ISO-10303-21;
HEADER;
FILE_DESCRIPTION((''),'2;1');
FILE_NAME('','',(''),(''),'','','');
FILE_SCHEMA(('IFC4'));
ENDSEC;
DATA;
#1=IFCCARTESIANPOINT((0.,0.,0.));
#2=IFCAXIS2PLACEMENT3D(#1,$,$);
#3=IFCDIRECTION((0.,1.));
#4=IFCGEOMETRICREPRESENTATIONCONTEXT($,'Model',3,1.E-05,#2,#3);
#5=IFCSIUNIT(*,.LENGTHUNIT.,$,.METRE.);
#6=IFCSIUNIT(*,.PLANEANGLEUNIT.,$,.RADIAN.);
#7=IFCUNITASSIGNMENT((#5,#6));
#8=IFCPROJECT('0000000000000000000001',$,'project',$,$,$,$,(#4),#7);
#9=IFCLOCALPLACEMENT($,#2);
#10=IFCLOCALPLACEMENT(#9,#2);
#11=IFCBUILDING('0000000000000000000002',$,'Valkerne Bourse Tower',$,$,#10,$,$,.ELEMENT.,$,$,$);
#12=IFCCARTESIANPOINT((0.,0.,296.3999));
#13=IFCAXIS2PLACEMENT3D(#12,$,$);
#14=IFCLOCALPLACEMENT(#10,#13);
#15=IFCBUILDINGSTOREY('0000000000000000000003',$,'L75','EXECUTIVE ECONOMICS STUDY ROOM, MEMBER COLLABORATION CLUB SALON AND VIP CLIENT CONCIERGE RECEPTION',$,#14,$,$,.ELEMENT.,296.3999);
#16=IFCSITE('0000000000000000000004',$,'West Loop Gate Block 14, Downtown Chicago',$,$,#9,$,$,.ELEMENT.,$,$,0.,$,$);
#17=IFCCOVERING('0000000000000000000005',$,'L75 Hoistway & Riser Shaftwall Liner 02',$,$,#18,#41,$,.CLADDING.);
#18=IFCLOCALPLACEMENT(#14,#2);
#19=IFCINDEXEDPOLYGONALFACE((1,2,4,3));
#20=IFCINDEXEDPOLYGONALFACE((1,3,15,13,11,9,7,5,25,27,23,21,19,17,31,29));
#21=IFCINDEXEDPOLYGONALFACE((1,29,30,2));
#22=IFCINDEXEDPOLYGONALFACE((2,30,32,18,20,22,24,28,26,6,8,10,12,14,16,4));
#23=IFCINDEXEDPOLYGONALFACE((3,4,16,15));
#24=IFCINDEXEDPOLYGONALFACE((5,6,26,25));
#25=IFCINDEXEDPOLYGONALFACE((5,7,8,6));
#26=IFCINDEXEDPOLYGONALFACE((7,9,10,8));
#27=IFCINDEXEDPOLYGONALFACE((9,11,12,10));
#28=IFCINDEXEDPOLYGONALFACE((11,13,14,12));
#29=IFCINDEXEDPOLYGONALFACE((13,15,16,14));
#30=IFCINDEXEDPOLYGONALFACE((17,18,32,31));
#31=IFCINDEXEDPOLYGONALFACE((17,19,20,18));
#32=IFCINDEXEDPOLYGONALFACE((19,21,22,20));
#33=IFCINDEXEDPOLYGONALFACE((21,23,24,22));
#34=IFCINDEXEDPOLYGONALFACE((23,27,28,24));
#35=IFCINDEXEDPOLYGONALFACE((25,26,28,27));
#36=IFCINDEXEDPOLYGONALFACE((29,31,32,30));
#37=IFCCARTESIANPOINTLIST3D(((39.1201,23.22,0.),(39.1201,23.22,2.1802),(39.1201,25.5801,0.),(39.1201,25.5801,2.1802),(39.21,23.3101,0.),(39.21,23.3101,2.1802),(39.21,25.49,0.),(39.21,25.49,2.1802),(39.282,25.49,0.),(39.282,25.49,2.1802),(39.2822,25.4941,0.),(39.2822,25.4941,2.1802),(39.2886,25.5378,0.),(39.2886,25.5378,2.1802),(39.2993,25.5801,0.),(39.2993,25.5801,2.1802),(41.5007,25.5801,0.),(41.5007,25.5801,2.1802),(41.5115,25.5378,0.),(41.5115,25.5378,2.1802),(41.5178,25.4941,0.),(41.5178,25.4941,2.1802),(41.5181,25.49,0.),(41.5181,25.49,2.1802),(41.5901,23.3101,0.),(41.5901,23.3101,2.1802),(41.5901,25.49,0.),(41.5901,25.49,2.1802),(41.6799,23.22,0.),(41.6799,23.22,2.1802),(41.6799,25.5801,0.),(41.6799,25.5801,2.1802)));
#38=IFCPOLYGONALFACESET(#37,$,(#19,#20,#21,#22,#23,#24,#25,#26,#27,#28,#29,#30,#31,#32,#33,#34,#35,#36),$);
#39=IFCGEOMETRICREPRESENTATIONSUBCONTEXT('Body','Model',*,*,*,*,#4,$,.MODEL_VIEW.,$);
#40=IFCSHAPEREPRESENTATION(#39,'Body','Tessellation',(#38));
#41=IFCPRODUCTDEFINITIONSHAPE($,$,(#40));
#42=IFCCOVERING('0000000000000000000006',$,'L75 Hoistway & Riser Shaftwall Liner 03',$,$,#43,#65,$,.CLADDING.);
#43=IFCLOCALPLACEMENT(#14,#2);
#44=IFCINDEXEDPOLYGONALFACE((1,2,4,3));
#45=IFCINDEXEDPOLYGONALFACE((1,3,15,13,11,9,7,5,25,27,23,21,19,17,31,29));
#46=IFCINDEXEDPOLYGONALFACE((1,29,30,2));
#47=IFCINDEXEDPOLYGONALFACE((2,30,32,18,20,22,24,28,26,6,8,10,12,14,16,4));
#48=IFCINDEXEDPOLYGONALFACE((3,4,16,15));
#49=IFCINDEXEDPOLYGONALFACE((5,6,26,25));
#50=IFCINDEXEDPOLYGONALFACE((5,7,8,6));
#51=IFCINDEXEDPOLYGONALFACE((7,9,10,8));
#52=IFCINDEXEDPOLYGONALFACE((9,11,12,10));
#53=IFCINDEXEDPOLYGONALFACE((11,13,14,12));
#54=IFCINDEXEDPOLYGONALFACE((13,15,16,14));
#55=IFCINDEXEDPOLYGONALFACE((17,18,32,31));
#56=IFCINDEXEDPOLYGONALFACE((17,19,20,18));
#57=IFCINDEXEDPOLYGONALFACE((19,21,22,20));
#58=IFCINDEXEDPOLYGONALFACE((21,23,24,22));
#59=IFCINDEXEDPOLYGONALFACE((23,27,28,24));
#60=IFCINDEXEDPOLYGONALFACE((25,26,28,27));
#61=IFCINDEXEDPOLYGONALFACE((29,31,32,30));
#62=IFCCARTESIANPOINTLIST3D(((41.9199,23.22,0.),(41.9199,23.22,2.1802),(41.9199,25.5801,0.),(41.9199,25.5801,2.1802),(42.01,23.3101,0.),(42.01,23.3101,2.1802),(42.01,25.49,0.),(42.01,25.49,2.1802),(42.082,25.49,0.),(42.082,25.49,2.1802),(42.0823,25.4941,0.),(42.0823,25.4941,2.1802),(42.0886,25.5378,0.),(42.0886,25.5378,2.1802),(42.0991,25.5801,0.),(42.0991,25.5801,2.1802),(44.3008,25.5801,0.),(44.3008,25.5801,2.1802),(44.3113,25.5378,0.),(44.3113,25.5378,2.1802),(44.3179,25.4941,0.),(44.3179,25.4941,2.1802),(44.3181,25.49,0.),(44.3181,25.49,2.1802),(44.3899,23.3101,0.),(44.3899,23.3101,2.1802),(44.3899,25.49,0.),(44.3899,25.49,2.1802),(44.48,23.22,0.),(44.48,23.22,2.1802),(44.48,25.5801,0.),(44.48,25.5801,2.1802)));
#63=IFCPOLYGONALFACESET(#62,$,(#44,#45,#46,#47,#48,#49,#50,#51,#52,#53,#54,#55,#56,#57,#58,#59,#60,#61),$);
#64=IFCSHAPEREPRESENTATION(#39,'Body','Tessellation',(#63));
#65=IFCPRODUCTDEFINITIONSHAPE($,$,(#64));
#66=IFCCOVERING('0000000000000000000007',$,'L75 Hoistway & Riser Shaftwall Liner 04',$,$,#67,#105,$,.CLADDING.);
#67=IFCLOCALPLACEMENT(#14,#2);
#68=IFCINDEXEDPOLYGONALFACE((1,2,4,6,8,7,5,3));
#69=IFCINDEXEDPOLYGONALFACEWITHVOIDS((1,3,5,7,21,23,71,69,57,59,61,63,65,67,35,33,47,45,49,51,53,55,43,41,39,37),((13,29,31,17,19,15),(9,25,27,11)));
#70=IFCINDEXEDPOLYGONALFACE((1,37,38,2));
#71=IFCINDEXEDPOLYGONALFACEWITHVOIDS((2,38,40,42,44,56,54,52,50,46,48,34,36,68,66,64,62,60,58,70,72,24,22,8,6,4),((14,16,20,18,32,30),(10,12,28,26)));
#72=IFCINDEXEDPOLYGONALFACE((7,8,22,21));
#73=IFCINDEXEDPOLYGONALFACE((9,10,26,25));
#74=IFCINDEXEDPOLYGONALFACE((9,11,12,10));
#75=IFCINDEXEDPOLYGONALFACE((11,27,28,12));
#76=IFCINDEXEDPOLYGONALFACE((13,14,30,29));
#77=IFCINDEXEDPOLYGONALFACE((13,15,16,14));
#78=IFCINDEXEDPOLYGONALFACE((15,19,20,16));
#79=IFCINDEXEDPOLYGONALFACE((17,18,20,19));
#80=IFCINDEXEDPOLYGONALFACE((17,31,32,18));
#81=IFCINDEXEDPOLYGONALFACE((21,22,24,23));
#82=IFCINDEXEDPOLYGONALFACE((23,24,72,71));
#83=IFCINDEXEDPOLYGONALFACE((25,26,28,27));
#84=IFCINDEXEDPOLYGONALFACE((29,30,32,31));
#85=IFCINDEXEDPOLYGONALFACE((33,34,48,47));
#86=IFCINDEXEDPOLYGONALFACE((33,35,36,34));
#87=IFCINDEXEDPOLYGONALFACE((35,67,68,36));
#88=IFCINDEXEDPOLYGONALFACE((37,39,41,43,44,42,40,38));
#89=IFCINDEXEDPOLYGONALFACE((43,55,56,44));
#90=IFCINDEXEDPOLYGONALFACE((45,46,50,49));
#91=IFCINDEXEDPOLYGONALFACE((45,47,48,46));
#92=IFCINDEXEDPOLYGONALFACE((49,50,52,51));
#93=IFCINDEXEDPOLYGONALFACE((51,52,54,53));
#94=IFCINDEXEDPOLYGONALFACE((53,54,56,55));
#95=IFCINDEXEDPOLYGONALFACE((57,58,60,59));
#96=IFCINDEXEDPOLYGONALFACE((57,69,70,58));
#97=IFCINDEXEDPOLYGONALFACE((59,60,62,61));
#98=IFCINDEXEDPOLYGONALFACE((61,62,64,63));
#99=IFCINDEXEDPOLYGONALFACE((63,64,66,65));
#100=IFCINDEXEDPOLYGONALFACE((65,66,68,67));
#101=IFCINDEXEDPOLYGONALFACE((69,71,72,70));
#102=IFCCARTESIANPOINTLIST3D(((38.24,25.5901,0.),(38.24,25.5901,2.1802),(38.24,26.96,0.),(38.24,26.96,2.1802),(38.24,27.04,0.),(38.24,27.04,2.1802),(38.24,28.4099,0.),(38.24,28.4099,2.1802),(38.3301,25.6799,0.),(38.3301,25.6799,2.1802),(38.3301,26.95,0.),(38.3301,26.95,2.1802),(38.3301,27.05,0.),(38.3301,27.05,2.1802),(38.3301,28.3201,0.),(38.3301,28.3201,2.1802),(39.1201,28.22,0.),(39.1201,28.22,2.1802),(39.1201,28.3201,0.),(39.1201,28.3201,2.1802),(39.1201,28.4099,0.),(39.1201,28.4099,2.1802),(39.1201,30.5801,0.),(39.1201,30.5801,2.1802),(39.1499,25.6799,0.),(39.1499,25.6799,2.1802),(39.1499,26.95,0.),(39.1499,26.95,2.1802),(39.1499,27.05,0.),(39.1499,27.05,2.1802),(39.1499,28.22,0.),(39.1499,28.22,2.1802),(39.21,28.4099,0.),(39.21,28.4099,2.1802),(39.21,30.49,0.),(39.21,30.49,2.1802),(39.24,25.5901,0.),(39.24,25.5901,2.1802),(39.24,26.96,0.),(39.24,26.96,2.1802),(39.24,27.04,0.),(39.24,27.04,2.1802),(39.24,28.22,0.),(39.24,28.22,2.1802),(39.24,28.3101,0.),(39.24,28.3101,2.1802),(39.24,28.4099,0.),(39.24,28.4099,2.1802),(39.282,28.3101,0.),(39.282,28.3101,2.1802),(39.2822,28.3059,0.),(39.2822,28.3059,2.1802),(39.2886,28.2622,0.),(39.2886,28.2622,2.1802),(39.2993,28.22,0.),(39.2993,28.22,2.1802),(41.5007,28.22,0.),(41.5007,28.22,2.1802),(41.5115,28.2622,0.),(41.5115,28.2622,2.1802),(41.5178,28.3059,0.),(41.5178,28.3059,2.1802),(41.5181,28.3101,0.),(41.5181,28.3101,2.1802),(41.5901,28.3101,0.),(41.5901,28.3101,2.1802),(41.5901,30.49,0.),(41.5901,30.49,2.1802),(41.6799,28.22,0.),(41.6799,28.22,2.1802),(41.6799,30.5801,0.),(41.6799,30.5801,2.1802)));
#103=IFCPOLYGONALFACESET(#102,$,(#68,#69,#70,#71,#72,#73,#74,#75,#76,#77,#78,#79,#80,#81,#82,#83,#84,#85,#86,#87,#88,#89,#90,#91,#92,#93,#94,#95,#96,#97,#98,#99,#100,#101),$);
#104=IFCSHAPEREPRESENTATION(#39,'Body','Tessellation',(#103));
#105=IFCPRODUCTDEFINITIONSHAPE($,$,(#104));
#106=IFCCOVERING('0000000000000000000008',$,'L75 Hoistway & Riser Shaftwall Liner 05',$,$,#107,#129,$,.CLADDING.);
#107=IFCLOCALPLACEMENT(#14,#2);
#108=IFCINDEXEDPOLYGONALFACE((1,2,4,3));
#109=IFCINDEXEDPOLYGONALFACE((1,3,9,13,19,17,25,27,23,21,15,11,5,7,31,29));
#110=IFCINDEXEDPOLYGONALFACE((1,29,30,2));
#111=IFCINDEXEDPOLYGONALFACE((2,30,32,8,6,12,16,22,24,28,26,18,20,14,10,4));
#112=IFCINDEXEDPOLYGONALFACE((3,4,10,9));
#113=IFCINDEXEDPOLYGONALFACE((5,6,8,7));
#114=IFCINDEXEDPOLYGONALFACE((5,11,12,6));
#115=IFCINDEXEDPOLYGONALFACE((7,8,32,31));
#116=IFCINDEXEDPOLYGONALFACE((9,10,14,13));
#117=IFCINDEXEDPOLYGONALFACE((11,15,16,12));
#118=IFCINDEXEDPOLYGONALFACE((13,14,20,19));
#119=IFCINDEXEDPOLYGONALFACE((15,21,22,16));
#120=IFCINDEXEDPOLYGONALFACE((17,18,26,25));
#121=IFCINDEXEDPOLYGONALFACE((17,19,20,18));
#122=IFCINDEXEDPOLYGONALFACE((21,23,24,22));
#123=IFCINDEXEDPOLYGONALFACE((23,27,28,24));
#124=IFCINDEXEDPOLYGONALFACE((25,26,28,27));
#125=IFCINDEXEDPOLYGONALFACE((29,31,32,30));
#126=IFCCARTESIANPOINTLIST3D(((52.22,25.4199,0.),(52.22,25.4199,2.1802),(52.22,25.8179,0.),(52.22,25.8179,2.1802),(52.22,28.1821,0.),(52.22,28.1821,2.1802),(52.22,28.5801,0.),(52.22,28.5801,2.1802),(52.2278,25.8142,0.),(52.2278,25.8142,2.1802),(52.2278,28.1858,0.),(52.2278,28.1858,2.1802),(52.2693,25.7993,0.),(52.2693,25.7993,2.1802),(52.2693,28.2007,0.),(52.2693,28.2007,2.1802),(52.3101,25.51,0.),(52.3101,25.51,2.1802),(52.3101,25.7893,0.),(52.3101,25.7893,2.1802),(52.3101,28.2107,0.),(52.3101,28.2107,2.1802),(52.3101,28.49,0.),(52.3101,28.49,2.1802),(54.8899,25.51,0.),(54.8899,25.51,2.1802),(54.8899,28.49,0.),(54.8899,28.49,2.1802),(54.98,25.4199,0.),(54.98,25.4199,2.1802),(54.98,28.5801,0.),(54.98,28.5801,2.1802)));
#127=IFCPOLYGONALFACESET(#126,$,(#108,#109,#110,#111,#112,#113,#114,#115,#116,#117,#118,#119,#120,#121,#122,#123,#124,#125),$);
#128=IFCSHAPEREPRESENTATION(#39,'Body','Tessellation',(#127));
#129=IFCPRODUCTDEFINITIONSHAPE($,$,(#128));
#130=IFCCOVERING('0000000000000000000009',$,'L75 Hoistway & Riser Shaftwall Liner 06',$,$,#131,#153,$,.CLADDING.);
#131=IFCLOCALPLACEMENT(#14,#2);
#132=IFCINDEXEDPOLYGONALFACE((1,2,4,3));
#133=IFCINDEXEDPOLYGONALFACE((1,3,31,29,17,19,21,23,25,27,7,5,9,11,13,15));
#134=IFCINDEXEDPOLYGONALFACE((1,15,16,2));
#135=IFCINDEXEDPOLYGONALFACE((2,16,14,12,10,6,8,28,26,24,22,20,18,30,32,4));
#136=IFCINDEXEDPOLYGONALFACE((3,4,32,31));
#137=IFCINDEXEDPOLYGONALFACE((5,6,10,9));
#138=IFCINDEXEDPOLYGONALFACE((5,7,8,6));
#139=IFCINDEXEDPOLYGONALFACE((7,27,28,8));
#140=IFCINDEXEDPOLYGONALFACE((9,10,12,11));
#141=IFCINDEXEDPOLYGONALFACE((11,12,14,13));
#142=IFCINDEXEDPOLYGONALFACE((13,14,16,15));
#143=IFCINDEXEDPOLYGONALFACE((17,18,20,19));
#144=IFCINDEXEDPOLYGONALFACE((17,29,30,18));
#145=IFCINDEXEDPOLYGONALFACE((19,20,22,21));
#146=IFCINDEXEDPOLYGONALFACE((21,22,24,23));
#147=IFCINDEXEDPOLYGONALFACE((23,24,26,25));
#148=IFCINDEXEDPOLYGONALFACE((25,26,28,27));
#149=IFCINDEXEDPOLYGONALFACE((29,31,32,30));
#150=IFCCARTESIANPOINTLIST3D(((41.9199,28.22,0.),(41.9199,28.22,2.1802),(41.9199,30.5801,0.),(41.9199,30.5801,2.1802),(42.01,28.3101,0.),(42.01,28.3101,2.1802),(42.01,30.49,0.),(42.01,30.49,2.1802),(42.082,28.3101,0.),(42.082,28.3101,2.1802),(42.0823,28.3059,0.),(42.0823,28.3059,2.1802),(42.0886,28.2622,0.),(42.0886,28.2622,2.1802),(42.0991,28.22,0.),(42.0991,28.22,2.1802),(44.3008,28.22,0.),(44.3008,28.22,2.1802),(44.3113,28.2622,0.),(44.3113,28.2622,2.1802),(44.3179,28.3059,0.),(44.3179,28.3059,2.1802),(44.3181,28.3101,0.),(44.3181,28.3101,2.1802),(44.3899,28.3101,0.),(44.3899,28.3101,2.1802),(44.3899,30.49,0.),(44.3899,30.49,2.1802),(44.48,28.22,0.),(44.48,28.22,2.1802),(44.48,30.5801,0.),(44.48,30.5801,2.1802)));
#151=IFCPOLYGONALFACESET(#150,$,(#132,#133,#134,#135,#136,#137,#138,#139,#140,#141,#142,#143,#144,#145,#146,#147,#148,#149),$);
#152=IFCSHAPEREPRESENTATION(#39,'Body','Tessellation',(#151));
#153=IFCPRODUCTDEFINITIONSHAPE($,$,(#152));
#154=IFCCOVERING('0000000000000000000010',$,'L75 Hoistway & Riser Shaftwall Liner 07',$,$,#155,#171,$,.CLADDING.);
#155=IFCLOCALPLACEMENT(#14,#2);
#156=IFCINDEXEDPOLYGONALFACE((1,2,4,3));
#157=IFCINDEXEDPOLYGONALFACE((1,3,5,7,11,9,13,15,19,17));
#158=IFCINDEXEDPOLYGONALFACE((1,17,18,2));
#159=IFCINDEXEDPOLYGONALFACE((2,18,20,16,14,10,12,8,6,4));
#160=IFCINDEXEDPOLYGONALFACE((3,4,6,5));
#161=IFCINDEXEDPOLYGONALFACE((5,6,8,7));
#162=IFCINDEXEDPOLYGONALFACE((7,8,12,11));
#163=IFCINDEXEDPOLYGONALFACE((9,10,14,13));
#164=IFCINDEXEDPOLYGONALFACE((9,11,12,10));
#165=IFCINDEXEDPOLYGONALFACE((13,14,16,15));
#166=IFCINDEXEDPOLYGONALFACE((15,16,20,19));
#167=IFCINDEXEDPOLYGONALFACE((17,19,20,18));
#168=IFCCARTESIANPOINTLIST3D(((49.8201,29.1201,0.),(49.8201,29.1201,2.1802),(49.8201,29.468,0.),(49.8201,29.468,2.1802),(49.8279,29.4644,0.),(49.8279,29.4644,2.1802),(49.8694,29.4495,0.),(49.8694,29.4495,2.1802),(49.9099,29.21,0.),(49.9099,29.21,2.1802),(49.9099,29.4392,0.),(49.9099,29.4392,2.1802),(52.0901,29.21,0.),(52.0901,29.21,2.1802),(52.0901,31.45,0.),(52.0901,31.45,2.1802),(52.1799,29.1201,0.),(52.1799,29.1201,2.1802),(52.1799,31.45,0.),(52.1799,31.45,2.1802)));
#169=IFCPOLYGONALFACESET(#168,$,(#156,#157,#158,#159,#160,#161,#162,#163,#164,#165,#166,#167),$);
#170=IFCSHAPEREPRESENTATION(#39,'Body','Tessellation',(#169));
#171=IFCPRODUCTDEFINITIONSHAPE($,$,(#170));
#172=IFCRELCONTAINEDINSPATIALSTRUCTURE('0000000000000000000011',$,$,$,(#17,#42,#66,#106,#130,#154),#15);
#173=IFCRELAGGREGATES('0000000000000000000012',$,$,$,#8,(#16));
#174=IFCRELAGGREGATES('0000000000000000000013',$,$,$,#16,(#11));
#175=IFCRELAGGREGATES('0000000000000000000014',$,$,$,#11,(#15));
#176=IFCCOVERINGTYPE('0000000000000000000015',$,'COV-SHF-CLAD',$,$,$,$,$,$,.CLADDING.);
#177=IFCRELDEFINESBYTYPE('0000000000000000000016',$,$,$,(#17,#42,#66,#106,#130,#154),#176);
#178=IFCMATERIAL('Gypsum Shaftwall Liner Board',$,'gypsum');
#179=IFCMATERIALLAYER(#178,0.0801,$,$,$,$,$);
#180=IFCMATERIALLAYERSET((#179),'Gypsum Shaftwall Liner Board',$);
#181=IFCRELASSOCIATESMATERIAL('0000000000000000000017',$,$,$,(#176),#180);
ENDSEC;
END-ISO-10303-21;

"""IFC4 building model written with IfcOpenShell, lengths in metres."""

from ifc_helpers import new_model, si_unit, direction, frame, origin, place, context, subcontext, project, spatial, polyline, outline, extrude, material, layer, layer_set, type_object, element, save


model = new_model("IFC4")

# Units and contexts
model_context = context("Model", 3, precision=1e-05, world=origin(), true_north=direction((0.0, 1.0)))
body_context = subcontext(model_context, "Body", "Model", "MODEL_VIEW")
ifc_project = project(units=[si_unit("LENGTHUNIT", "METRE"), si_unit("PLANEANGLEUNIT", "RADIAN")], contexts=[model_context])

# Site, building, storey
site_placement = place(None, origin())
site = spatial("IfcSite", under=ifc_project, at=site_placement, Name="West Loop Gate Block 14, Downtown Chicago", CompositionType="ELEMENT", RefElevation=0.0)
building_placement = place(site_placement, origin())
building = spatial("IfcBuilding", under=site, at=building_placement, Name="Valkerne Bourse Tower", CompositionType="ELEMENT")
storey_placement = place(building_placement, frame((0.0, 0.0, 296.3999)))
storey = spatial("IfcBuildingStorey", under=building, at=storey_placement, Name="L75", Description="EXECUTIVE ECONOMICS STUDY ROOM, MEMBER COLLABORATION CLUB SALON AND VIP CLIENT CONCIERGE RECEPTION", CompositionType="ELEMENT", Elevation=296.3999)

# Coverings
ifc_material_1 = material(Name="Gypsum Shaftwall Liner Board", Category="gypsum")
ifc_layer_1 = layer(ifc_material_1, 0.0801)
ifc_layer_set_1 = layer_set([ifc_layer_1], Name="Gypsum Shaftwall Liner Board")
covering_type_1 = type_object("IfcCoveringType", Name="COV-SHF-CLAD", PredefinedType="CLADDING", material=ifc_layer_set_1)
covering_1_placement = place(storey_placement, origin())
element("IfcCovering", 1, at=covering_1_placement, inside=storey, type_object=covering_type_1, Name="L75 Hoistway & Riser Shaftwall Liner 02", PredefinedType="CLADDING", context=body_context, shape_type="SweptSolid", body=[
    extrude(outline(polyline([(39.2993, 25.5801), (39.2886, 25.5378), (39.2822, 25.4941), (39.282, 25.49), (39.21, 25.49), (39.21, 23.3101), (41.5901, 23.3101), (41.5901, 25.49), (41.5181, 25.49), (41.5178, 25.4941), (41.5115, 25.5378), (41.5007, 25.5801), (41.6799, 25.5801), (41.6799, 23.22), (39.1201, 23.22), (39.1201, 25.5801), (39.2993, 25.5801)])), origin(), (0.0, 0.0, 1.0), 2.1802),
])
covering_2_placement = place(storey_placement, origin())
element("IfcCovering", 2, at=covering_2_placement, inside=storey, type_object=covering_type_1, Name="L75 Hoistway & Riser Shaftwall Liner 03", PredefinedType="CLADDING", context=body_context, shape_type="SweptSolid", body=[
    extrude(outline(polyline([(42.0991, 25.5801), (42.0886, 25.5378), (42.0823, 25.4941), (42.082, 25.49), (42.01, 25.49), (42.01, 23.3101), (44.3899, 23.3101), (44.3899, 25.49), (44.3181, 25.49), (44.3179, 25.4941), (44.3113, 25.5378), (44.3008, 25.5801), (44.48, 25.5801), (44.48, 23.22), (41.9199, 23.22), (41.9199, 25.5801), (42.0991, 25.5801)])), origin(), (0.0, 0.0, 1.0), 2.1802),
])
covering_3_placement = place(storey_placement, origin())
element("IfcCovering", 3, at=covering_3_placement, inside=storey, type_object=covering_type_1, Name="L75 Hoistway & Riser Shaftwall Liner 04", PredefinedType="CLADDING", context=body_context, shape_type="SweptSolid", body=[
    extrude(outline(polyline([(38.24, 27.04), (38.24, 28.4099), (39.1201, 28.4099), (39.1201, 30.5801), (41.6799, 30.5801), (41.6799, 28.22), (41.5007, 28.22), (41.5115, 28.2622), (41.5178, 28.3059), (41.5181, 28.3101), (41.5901, 28.3101), (41.5901, 30.49), (39.21, 30.49), (39.21, 28.4099), (39.24, 28.4099), (39.24, 28.3101), (39.282, 28.3101), (39.2822, 28.3059), (39.2886, 28.2622), (39.2993, 28.22), (39.24, 28.22), (39.24, 27.04), (39.24, 26.96), (39.24, 25.5901), (38.24, 25.5901), (38.24, 26.96), (38.24, 27.04)]), holes=[polyline([(39.1499, 26.95), (38.3301, 26.95), (38.3301, 25.6799), (39.1499, 25.6799), (39.1499, 26.95)]), polyline([(39.1499, 28.22), (39.1201, 28.22), (39.1201, 28.3201), (38.3301, 28.3201), (38.3301, 27.05), (39.1499, 27.05), (39.1499, 28.22)])]), origin(), (0.0, 0.0, 1.0), 2.1802),
])
covering_4_placement = place(storey_placement, origin())
element("IfcCovering", 4, at=covering_4_placement, inside=storey, type_object=covering_type_1, Name="L75 Hoistway & Riser Shaftwall Liner 05", PredefinedType="CLADDING", context=body_context, shape_type="SweptSolid", body=[
    extrude(outline(polyline([(54.98, 28.5801), (54.98, 25.4199), (52.22, 25.4199), (52.22, 25.8179), (52.2278, 25.8142), (52.2693, 25.7993), (52.3101, 25.7893), (52.3101, 25.51), (54.8899, 25.51), (54.8899, 28.49), (52.3101, 28.49), (52.3101, 28.2107), (52.2693, 28.2007), (52.2278, 28.1858), (52.22, 28.1821), (52.22, 28.5801), (54.98, 28.5801)])), origin(), (0.0, 0.0, 1.0), 2.1802),
])
covering_5_placement = place(storey_placement, origin())
element("IfcCovering", 5, at=covering_5_placement, inside=storey, type_object=covering_type_1, Name="L75 Hoistway & Riser Shaftwall Liner 06", PredefinedType="CLADDING", context=body_context, shape_type="SweptSolid", body=[
    extrude(outline(polyline([(44.48, 28.22), (44.3008, 28.22), (44.3113, 28.2622), (44.3179, 28.3059), (44.3181, 28.3101), (44.3899, 28.3101), (44.3899, 30.49), (42.01, 30.49), (42.01, 28.3101), (42.082, 28.3101), (42.0823, 28.3059), (42.0886, 28.2622), (42.0991, 28.22), (41.9199, 28.22), (41.9199, 30.5801), (44.48, 30.5801), (44.48, 28.22)])), origin(), (0.0, 0.0, 1.0), 2.1802),
])
covering_6_placement = place(storey_placement, origin())
element("IfcCovering", 6, at=covering_6_placement, inside=storey, type_object=covering_type_1, Name="L75 Hoistway & Riser Shaftwall Liner 07", PredefinedType="CLADDING", context=body_context, shape_type="SweptSolid", body=[
    extrude(outline(polyline([(49.8201, 29.1201), (49.8201, 29.468), (49.8279, 29.4644), (49.8694, 29.4495), (49.9099, 29.4392), (49.9099, 29.21), (52.0901, 29.21), (52.0901, 31.45), (52.1799, 31.45), (52.1799, 29.1201), (49.8201, 29.1201)])), origin(), (0.0, 0.0, 1.0), 2.1802),
])

save(model, "model.ifc")
